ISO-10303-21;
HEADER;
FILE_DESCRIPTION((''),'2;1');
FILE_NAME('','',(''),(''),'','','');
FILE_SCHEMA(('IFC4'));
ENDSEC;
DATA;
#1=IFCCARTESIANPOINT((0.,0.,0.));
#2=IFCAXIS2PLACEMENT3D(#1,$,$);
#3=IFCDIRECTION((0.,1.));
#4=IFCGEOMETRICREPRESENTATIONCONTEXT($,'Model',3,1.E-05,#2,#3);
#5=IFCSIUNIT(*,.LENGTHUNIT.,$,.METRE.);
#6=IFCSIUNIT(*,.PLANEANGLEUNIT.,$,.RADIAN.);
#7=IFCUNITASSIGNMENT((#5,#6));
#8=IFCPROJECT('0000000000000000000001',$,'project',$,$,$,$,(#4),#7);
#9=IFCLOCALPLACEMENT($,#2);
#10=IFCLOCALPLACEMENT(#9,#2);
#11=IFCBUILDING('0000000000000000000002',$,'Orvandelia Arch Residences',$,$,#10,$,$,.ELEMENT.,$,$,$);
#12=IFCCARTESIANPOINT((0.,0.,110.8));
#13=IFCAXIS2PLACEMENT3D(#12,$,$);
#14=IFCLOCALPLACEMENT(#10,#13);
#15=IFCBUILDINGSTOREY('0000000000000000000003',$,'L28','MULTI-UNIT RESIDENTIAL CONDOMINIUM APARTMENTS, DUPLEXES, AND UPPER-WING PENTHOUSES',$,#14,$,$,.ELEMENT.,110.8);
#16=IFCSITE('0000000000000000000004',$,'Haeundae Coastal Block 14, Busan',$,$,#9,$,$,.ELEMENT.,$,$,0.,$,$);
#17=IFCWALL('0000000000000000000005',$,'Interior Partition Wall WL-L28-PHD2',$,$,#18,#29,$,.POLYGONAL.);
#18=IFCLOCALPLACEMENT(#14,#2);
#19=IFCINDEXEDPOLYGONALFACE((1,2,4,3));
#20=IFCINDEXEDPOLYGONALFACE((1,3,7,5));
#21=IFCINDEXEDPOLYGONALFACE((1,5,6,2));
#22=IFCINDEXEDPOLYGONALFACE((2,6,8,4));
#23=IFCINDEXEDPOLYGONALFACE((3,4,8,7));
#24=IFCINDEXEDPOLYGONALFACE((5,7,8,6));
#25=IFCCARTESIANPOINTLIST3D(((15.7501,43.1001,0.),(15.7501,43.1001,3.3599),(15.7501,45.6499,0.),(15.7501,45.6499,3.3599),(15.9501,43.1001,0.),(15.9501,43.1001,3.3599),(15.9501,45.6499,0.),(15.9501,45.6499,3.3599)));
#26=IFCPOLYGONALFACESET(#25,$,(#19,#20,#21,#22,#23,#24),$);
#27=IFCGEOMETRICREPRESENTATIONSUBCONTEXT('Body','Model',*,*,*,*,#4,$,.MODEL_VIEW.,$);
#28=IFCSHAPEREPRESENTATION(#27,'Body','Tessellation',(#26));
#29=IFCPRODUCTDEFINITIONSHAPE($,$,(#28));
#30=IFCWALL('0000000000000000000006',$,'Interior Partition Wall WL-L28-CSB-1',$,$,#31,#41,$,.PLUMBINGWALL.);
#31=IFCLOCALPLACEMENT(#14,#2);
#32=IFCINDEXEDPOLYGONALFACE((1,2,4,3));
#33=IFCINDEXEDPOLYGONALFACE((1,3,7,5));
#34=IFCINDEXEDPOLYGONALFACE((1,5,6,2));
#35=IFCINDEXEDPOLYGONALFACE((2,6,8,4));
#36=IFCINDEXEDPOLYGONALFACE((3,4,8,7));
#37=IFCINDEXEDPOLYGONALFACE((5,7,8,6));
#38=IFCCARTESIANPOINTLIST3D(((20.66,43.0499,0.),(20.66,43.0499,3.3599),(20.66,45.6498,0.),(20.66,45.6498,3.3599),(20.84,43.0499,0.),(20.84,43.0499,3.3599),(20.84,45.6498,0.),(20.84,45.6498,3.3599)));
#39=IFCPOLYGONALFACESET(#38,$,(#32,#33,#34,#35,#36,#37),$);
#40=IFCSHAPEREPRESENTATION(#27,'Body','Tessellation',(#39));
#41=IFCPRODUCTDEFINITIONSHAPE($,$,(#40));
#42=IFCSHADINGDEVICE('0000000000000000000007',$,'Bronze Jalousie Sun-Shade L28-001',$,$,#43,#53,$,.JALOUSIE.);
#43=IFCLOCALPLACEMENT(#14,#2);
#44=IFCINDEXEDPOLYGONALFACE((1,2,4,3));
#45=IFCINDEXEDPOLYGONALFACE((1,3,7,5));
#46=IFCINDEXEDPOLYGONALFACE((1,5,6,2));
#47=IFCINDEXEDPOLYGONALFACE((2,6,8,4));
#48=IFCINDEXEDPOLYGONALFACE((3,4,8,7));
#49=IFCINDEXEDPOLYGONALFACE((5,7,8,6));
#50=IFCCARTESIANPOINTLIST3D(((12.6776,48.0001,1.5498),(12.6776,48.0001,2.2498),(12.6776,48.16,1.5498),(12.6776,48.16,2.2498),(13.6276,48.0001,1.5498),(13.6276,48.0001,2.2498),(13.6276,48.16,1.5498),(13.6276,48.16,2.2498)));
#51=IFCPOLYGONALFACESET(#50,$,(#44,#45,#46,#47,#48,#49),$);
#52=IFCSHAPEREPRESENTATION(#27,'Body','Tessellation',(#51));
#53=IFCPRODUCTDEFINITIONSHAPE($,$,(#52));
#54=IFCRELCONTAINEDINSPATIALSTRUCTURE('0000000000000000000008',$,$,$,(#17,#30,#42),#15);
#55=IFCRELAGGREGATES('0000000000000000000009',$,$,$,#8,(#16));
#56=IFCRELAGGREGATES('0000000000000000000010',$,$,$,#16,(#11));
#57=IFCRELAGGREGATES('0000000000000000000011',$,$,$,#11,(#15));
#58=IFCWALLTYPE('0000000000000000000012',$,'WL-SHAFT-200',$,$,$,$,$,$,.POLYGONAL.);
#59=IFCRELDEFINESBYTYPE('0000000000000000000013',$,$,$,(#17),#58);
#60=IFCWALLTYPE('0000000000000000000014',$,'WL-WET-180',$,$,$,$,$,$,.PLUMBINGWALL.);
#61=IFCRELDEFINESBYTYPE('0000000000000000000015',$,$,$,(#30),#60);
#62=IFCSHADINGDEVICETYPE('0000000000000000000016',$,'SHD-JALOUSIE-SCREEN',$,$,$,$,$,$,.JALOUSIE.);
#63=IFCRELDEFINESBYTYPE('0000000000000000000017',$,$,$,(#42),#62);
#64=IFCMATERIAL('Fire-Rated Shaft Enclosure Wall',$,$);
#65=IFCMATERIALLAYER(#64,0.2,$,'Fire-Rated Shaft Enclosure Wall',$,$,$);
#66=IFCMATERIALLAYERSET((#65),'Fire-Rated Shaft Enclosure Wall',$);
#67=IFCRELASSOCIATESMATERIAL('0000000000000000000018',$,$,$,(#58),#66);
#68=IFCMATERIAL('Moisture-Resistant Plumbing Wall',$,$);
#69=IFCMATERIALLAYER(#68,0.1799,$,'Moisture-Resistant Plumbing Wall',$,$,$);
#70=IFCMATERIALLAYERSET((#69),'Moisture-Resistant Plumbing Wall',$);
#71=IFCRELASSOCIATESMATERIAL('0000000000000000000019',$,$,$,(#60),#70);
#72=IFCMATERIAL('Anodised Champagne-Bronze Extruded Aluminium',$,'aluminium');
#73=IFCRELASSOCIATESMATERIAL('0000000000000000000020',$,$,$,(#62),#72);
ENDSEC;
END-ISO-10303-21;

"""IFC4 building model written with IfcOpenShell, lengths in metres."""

from ifc_helpers import new_model, si_unit, direction, frame, frame_2d, origin, origin_2d, place, context, subcontext, project, spatial, rectangle, extrude, material, layer, layer_set, type_object, element, save


model = new_model("IFC4")

# Units and contexts
model_context = context("Model", 3, precision=1e-05, world=origin(), true_north=direction((0.0, 1.0)))
body_context = subcontext(model_context, "Body", "Model", "MODEL_VIEW")
ifc_project = project(units=[si_unit("LENGTHUNIT", "METRE"), si_unit("PLANEANGLEUNIT", "RADIAN")], contexts=[model_context])

# Site, building, storey
site_placement = place(None, origin())
site = spatial("IfcSite", under=ifc_project, at=site_placement, Name="Haeundae Coastal Block 14, Busan", CompositionType="ELEMENT", RefElevation=0.0)
building_placement = place(site_placement, origin())
building = spatial("IfcBuilding", under=site, at=building_placement, Name="Orvandelia Arch Residences", CompositionType="ELEMENT")
storey_placement = place(building_placement, frame((0.0, 0.0, 110.8)))
storey = spatial("IfcBuildingStorey", under=building, at=storey_placement, Name="L28", Description="MULTI-UNIT RESIDENTIAL CONDOMINIUM APARTMENTS, DUPLEXES, AND UPPER-WING PENTHOUSES", CompositionType="ELEMENT", Elevation=110.8)

# Shared definitions
ifc_material_1 = material(Name="Fire-Rated Shaft Enclosure Wall")
ifc_layer_1 = layer(ifc_material_1, 0.2, Name="Fire-Rated Shaft Enclosure Wall")
ifc_layer_set_1 = layer_set([ifc_layer_1], Name="Fire-Rated Shaft Enclosure Wall")
wall_type_1 = type_object("IfcWallType", Name="WL-SHAFT-200", PredefinedType="POLYGONAL", material=ifc_layer_set_1)

# Walls
for number, where, z_axis, x_axis, name in (
    (1, (15.8501, 43.1001, 0.0), (0.0, 0.0, 1.0), (0.0, 1.0, 0.0), "Interior Partition Wall WL-L28-PHD2"),
):
    element("IfcWall", number, at=place(storey_placement, frame(where, z_axis=z_axis, x_axis=x_axis)), inside=storey, type_object=wall_type_1, Name=name, PredefinedType="POLYGONAL", context=body_context, shape_type="SweptSolid", body=[
        extrude(rectangle(XDim=2.5498, YDim=0.2, at=frame_2d((1.2749, 0.0))), origin(), (0.0, 0.0, 1.0), 3.3599),
    ])
ifc_material_2 = material(Name="Moisture-Resistant Plumbing Wall")
ifc_layer_2 = layer(ifc_material_2, 0.1799, Name="Moisture-Resistant Plumbing Wall")
ifc_layer_set_2 = layer_set([ifc_layer_2], Name="Moisture-Resistant Plumbing Wall")
wall_type_2 = type_object("IfcWallType", Name="WL-WET-180", PredefinedType="PLUMBINGWALL", material=ifc_layer_set_2)
wall_1_placement = place(storey_placement, frame((20.75, 43.05, 0.0), z_axis=(0.0, 0.0, 1.0), x_axis=(0.0, 1.0, 0.0)))
element("IfcWall", 2, at=wall_1_placement, inside=storey, type_object=wall_type_2, Name="Interior Partition Wall WL-L28-CSB-1", PredefinedType="PLUMBINGWALL", context=body_context, shape_type="SweptSolid", body=[
    extrude(rectangle(XDim=2.5999, YDim=0.1799, at=frame_2d((1.2998, 0.0))), origin(), (0.0, 0.0, 1.0), 3.3599),
])

# Shading device
ifc_material_3 = material(Name="Anodised Champagne-Bronze Extruded Aluminium", Category="aluminium")
shading_device_type = type_object("IfcShadingDeviceType", Name="SHD-JALOUSIE-SCREEN", PredefinedType="JALOUSIE", material=ifc_material_3)
shading_device_placement = place(storey_placement, frame((13.1526, 48.0801, 1.5498), z_axis=(0.0, 0.0, 1.0), x_axis=(1.0, 0.0, 0.0)))
element("IfcShadingDevice", 3, at=shading_device_placement, inside=storey, type_object=shading_device_type, Name="Bronze Jalousie Sun-Shade L28-001", PredefinedType="JALOUSIE", context=body_context, shape_type="SweptSolid", body=[
    extrude(rectangle(XDim=0.95, YDim=0.1599, at=origin_2d()), origin(), (0.0, 0.0, 1.0), 0.7),
])

save(model, "model.ifc")
